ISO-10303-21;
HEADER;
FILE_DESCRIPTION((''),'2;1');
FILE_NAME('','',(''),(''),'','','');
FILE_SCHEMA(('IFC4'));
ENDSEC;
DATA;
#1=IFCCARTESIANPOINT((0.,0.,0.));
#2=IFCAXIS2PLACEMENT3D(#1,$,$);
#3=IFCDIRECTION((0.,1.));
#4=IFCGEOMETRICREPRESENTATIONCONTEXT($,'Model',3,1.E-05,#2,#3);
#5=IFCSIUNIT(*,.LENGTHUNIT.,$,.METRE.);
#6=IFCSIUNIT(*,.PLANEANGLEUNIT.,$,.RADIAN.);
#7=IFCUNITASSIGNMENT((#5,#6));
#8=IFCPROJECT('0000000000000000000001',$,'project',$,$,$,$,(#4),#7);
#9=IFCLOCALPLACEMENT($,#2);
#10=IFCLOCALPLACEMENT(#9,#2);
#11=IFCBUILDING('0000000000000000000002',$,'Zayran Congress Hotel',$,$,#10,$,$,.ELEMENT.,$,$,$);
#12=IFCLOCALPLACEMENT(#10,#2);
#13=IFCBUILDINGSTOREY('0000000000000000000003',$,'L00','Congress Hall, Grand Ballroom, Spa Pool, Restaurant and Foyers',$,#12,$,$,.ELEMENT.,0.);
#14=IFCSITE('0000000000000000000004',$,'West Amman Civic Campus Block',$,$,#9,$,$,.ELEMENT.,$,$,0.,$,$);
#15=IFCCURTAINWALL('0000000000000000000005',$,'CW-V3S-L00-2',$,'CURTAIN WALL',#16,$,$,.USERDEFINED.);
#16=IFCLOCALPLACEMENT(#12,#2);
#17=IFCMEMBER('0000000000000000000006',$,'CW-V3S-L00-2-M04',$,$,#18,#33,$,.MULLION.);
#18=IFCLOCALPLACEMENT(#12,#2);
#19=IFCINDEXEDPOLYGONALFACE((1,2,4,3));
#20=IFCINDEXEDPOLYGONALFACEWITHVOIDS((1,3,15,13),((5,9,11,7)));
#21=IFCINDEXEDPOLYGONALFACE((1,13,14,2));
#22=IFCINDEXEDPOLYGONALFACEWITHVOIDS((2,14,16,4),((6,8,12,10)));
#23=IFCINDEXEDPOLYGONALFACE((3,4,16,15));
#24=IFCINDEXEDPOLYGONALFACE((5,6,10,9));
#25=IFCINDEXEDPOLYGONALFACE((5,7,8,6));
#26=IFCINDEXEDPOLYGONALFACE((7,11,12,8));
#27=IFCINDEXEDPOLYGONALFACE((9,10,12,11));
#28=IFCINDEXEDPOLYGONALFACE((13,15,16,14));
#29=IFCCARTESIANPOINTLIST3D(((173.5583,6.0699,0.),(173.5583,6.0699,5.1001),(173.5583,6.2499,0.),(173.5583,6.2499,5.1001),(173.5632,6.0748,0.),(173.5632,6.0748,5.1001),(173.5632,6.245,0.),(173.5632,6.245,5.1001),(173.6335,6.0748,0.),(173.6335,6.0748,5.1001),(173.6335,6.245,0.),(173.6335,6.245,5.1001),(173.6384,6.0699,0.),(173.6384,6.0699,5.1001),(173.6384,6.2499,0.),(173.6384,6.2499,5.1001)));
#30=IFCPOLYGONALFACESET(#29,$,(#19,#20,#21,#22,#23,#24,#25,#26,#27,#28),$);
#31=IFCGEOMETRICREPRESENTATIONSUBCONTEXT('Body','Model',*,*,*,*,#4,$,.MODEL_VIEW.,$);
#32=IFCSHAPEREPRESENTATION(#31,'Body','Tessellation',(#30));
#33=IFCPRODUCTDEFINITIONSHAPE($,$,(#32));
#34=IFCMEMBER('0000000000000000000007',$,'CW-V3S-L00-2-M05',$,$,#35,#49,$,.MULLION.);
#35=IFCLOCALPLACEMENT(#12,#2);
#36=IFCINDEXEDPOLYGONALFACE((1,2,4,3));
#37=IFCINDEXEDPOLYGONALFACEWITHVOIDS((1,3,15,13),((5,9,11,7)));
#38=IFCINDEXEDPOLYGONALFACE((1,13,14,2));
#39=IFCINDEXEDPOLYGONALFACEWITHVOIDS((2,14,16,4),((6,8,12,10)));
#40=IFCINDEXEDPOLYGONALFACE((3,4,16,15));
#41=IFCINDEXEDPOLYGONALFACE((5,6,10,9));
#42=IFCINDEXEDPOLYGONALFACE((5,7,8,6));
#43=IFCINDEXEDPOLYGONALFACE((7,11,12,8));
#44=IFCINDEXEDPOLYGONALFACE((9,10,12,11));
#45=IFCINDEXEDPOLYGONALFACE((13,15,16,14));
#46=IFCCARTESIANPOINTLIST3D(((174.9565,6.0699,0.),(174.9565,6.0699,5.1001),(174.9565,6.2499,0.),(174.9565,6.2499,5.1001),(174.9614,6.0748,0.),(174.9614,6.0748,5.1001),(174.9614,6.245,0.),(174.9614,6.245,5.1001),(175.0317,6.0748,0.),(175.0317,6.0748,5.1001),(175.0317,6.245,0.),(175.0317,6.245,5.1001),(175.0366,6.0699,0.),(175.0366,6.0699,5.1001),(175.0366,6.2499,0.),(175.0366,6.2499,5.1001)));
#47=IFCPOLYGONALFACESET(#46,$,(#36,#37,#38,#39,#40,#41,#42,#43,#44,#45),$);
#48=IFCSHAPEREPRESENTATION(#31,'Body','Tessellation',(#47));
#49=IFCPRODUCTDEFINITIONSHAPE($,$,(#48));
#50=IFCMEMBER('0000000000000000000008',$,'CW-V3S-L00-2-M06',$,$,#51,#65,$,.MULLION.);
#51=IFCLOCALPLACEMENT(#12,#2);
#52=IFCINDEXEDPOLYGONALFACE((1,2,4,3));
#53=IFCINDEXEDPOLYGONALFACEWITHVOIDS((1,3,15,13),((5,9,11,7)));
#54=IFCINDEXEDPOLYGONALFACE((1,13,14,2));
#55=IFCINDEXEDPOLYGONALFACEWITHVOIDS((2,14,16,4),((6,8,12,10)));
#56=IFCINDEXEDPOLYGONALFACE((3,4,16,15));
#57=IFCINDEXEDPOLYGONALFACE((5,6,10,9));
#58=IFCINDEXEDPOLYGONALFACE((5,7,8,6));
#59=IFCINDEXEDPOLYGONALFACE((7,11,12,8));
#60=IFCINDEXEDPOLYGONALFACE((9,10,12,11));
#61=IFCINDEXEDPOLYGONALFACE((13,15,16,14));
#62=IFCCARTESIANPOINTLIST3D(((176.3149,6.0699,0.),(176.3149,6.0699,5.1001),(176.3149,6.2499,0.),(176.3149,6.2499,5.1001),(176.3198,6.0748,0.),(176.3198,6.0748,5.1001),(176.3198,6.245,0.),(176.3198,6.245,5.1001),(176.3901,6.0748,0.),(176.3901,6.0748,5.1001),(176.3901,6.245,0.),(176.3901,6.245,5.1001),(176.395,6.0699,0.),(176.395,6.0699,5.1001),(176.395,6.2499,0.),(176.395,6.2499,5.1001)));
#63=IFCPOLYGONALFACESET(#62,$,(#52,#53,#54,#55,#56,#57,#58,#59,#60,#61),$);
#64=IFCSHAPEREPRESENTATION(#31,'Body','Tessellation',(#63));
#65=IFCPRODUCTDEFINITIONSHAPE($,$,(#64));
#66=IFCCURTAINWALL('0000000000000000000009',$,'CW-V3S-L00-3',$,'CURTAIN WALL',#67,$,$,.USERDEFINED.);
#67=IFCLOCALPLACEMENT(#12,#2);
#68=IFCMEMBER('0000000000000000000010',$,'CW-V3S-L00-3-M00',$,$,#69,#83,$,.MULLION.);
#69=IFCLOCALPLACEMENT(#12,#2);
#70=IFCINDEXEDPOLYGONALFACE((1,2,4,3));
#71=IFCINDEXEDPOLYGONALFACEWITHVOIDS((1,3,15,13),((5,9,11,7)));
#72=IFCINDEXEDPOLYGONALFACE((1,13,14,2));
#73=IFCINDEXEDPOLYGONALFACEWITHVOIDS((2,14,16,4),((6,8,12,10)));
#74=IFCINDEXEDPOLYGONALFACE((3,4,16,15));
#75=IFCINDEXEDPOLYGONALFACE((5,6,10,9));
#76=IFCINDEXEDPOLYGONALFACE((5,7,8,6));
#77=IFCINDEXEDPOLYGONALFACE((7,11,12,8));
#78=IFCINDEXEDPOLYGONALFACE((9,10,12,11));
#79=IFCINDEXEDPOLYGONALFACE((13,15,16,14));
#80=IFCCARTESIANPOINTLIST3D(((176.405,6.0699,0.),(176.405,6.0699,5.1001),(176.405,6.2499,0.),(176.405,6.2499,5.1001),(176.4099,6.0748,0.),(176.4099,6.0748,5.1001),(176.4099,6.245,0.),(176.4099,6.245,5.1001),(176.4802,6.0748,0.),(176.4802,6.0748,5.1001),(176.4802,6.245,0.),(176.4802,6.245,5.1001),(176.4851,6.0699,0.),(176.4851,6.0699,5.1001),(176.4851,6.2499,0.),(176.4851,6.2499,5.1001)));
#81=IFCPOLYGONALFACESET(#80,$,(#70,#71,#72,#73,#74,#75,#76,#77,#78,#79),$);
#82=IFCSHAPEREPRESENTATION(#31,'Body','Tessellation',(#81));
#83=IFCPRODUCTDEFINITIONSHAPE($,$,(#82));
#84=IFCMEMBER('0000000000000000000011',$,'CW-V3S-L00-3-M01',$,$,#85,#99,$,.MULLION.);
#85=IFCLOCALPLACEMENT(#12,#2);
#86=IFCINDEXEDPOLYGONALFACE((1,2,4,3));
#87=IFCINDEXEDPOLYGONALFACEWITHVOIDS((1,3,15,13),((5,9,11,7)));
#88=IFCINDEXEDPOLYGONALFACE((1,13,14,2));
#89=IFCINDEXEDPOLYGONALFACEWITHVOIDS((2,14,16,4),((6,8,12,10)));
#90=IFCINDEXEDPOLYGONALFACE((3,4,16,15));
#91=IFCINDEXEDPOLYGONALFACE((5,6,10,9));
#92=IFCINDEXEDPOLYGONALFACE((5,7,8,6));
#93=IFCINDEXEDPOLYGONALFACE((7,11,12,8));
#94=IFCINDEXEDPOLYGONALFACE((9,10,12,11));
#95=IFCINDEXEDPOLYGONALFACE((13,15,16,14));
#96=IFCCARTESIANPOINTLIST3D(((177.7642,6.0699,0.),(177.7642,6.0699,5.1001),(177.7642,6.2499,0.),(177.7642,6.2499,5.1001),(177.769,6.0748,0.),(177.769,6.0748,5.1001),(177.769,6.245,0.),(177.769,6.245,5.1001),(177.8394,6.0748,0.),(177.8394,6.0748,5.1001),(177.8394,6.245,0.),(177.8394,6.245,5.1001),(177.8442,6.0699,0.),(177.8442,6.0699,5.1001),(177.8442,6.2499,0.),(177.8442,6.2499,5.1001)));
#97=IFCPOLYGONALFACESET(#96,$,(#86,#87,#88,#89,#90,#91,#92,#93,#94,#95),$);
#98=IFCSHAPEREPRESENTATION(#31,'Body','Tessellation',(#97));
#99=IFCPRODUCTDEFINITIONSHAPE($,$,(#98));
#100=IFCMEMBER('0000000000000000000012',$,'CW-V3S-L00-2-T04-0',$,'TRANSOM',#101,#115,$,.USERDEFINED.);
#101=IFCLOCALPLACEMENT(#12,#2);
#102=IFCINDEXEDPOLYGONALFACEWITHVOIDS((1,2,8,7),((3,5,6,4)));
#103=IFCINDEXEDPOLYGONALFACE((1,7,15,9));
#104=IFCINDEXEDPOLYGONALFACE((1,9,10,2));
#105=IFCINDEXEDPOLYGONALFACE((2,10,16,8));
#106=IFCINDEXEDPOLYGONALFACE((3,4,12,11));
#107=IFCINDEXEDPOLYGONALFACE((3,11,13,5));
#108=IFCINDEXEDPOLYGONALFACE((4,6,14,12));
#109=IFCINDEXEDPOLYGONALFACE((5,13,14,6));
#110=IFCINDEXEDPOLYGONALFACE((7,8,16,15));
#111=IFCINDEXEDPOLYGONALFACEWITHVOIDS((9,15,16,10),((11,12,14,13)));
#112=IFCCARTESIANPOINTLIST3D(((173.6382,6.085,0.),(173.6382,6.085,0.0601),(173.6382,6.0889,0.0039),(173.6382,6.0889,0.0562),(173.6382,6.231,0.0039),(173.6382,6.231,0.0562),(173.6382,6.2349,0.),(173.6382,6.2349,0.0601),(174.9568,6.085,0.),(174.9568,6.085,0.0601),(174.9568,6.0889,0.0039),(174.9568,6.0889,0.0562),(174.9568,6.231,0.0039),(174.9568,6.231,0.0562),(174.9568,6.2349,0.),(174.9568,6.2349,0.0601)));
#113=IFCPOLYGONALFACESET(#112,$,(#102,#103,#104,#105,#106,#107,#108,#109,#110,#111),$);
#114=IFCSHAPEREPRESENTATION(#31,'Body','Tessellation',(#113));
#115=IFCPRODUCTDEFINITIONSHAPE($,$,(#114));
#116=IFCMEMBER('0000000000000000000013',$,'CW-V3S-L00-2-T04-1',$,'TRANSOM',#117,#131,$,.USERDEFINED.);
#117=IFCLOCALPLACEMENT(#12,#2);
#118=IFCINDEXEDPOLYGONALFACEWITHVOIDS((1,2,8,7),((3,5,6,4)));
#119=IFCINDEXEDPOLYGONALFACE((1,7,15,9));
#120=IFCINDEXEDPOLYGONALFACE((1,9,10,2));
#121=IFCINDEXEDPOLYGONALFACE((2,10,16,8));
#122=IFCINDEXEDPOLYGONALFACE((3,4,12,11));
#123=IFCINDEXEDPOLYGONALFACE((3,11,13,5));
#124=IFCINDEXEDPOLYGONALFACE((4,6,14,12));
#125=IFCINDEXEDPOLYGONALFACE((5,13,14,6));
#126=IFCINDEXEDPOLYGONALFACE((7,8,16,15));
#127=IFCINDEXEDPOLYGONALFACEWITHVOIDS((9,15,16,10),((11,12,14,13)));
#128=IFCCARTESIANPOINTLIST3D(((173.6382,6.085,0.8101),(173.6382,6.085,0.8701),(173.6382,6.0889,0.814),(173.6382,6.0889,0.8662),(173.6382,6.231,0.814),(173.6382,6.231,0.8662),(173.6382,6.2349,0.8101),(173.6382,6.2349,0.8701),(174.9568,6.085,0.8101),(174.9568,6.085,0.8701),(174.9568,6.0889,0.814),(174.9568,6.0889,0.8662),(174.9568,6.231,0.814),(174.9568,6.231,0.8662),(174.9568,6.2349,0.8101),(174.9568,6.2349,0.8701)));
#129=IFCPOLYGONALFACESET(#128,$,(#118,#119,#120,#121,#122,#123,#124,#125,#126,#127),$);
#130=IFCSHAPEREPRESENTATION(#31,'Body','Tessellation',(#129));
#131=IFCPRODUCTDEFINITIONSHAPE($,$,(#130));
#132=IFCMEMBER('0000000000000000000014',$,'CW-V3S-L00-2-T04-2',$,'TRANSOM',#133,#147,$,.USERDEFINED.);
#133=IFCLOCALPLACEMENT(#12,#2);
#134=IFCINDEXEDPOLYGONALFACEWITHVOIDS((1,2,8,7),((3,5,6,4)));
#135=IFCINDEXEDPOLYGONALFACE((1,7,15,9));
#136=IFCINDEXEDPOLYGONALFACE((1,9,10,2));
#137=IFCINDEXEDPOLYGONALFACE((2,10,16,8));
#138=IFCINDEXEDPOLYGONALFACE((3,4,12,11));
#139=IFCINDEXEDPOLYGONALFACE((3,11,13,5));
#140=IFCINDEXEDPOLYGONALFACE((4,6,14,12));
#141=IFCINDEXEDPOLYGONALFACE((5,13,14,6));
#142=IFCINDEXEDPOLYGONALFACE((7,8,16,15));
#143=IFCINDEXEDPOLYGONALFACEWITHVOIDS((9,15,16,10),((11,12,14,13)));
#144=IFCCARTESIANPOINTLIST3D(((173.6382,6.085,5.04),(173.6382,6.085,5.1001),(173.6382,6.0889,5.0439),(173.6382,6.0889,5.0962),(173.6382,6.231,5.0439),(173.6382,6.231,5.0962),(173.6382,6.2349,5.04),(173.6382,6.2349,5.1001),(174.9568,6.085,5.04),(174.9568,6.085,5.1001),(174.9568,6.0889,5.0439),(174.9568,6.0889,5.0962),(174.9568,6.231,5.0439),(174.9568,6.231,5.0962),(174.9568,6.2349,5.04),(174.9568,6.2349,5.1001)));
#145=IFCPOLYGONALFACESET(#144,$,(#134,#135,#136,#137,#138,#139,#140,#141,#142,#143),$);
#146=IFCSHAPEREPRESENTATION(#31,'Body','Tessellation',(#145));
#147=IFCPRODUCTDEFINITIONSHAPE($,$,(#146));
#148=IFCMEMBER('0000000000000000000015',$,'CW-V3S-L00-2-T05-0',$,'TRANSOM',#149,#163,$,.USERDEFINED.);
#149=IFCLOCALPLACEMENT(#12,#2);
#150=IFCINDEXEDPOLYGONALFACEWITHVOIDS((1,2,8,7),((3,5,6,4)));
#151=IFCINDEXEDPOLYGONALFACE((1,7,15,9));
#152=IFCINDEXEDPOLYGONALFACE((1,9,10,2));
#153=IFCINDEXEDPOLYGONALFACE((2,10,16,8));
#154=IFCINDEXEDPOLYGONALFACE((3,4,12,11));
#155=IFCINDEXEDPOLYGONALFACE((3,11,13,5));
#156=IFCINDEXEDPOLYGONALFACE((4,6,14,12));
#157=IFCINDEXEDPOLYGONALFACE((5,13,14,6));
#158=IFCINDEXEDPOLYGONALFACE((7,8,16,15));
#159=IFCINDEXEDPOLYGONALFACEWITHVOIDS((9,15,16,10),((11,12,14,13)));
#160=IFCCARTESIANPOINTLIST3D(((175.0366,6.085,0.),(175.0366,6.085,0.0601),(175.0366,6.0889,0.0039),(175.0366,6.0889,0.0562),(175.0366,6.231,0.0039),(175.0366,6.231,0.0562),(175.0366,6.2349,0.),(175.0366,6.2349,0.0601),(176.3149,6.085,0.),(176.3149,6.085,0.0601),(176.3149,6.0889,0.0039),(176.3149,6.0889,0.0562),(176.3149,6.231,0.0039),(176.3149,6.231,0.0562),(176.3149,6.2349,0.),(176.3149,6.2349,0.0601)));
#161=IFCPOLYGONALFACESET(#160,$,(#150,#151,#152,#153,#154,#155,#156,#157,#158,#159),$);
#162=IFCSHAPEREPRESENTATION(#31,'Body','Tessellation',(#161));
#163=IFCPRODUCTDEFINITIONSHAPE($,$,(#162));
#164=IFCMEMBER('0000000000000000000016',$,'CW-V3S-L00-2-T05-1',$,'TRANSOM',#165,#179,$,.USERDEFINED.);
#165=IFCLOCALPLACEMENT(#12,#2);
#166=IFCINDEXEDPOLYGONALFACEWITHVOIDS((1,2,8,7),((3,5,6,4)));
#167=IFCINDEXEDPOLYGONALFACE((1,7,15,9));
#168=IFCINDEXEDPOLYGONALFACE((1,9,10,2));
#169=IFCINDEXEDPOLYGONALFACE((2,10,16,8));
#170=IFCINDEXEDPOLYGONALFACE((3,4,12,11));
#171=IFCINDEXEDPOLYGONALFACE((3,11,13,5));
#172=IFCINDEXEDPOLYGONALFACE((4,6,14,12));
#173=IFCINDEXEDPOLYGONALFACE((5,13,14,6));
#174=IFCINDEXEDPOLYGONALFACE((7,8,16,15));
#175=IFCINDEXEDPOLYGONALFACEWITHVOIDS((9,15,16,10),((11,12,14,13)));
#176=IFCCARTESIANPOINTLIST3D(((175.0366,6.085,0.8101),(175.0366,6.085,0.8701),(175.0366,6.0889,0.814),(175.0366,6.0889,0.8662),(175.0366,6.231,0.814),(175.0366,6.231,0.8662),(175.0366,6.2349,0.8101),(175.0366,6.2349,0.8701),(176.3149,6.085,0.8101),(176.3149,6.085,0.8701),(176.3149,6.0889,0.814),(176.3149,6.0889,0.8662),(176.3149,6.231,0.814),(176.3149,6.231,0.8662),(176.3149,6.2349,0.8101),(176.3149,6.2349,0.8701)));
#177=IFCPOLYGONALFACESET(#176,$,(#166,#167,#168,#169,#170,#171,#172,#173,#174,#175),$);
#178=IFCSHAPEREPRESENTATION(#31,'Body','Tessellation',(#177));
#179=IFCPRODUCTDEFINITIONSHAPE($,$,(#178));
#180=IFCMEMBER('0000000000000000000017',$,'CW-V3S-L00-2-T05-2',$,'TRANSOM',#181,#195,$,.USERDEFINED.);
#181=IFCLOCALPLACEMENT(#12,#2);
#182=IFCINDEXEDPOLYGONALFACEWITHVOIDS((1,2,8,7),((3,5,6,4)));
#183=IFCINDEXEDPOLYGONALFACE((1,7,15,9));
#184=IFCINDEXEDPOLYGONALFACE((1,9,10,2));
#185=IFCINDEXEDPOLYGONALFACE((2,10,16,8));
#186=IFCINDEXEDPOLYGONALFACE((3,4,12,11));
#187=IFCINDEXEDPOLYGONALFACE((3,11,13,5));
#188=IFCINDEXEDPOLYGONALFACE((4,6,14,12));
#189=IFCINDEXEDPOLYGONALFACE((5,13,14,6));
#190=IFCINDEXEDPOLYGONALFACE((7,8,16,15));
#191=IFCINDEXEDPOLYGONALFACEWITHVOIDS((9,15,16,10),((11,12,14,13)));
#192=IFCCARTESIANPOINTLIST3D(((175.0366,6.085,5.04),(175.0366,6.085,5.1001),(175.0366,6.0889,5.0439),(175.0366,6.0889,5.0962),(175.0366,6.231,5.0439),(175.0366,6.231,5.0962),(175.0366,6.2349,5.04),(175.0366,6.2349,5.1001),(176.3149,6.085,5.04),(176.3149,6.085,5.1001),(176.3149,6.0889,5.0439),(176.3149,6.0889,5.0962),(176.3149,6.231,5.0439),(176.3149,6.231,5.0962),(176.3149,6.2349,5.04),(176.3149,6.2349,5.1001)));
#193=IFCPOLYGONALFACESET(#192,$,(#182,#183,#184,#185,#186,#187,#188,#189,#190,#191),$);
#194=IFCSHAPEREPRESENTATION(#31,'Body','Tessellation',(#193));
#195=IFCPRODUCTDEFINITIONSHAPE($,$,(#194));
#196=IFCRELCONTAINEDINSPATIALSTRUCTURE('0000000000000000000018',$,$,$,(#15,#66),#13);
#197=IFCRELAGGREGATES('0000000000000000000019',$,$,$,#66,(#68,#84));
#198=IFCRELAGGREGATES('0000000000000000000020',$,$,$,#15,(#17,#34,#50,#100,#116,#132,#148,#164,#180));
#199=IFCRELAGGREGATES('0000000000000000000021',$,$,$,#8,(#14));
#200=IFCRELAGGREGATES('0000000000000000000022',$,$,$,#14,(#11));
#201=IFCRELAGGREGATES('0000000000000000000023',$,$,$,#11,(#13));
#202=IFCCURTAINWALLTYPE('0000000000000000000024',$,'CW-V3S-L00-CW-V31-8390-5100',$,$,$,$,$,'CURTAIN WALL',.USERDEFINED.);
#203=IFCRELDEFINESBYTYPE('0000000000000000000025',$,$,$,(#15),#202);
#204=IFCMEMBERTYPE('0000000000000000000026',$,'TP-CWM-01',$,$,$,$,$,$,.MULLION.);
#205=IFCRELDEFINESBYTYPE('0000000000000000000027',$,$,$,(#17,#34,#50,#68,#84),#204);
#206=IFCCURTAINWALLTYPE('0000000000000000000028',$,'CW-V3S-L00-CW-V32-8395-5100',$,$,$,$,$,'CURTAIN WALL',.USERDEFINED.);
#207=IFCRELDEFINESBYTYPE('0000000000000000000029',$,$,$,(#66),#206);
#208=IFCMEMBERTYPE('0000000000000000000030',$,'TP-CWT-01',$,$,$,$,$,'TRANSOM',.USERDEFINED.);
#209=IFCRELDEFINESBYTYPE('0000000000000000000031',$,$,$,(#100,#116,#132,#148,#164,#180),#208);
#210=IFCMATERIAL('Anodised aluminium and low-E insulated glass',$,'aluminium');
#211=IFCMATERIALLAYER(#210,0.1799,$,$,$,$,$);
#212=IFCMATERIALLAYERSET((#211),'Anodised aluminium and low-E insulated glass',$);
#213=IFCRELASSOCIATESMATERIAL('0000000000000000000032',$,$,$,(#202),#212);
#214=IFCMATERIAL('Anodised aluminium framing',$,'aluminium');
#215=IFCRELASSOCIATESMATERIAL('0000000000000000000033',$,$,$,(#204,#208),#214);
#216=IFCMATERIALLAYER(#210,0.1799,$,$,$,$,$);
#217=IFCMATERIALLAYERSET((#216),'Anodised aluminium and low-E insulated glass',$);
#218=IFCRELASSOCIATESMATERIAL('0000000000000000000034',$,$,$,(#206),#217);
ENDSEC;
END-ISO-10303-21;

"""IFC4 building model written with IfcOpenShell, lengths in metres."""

from ifc_helpers import new_model, si_unit, direction, frame, origin, origin_2d, place, context, subcontext, project, spatial, hollow_rectangle, extrude, material, layer, layer_set, material_profile, profile_set, type_object, element, aggregate, save


model = new_model("IFC4")

# Units and contexts
model_context = context("Model", 3, precision=1e-05, world=origin(), true_north=direction((0.0, 1.0)))
body_context = subcontext(model_context, "Body", "Model", "MODEL_VIEW")
ifc_project = project(units=[si_unit("LENGTHUNIT", "METRE"), si_unit("PLANEANGLEUNIT", "RADIAN")], contexts=[model_context])

# Site, building, storey
site_placement = place(None, origin())
site = spatial("IfcSite", under=ifc_project, at=site_placement, Name="West Amman Civic Campus Block", CompositionType="ELEMENT", RefElevation=0.0)
building_placement = place(site_placement, origin())
building = spatial("IfcBuilding", under=site, at=building_placement, Name="Zayran Congress Hotel", CompositionType="ELEMENT")
storey_placement = place(building_placement, origin())
storey = spatial("IfcBuildingStorey", under=building, at=storey_placement, Name="L00", Description="Congress Hall, Grand Ballroom, Spa Pool, Restaurant and Foyers", CompositionType="ELEMENT", Elevation=0.0)

# Curtain walls, members
ifc_material_1 = material(Name="Anodised aluminium and low-E insulated glass", Category="aluminium")
ifc_layer_1 = layer(ifc_material_1, 0.1799)
ifc_layer_set_1 = layer_set([ifc_layer_1], Name="Anodised aluminium and low-E insulated glass")
curtain_wall_type_1 = type_object("IfcCurtainWallType", Name="CW-V3S-L00-CW-V31-8390-5100", ElementType="CURTAIN WALL", PredefinedType="USERDEFINED", material=ifc_layer_set_1)
curtain_wall_1_placement = place(storey_placement, origin())
curtain_wall_1 = element("IfcCurtainWall", 1, at=curtain_wall_1_placement, inside=storey, type_object=curtain_wall_type_1, Name="CW-V3S-L00-2", ObjectType="CURTAIN WALL", PredefinedType="USERDEFINED")
ifc_material_2 = material(Name="Anodised aluminium framing", Category="aluminium")
ifc_material_profile_1 = material_profile(ifc_material_2, hollow_rectangle(XDim=0.0801, YDim=0.1799, WallThickness=0.0049, at=origin_2d()), Name="RHS 180x80x5")
ifc_profile_set_1 = profile_set([ifc_material_profile_1], Name="Anodised aluminium framing")
member_type_1 = type_object("IfcMemberType", Name="TP-CWM-01", PredefinedType="MULLION", material=ifc_profile_set_1)
member_1_placement = place(storey_placement, frame((173.5984, 6.1599, 0.0), z_axis=(0.0, 0.0, 1.0), x_axis=(1.0, 0.0, 0.0)))
member_1 = element("IfcMember", 2, at=member_1_placement, type_object=member_type_1, Name="CW-V3S-L00-2-M04", PredefinedType="MULLION", context=body_context, shape_type="SweptSolid", body=[
    extrude(hollow_rectangle(XDim=0.0801, YDim=0.1799, WallThickness=0.0049, at=origin_2d()), origin(), (0.0, 0.0, 1.0), 5.1001),
])
member_2_placement = place(storey_placement, frame((174.9966, 6.1599, 0.0), z_axis=(0.0, 0.0, 1.0), x_axis=(1.0, 0.0, 0.0)))
member_2 = element("IfcMember", 3, at=member_2_placement, type_object=member_type_1, Name="CW-V3S-L00-2-M05", PredefinedType="MULLION", context=body_context, shape_type="SweptSolid", body=[
    extrude(hollow_rectangle(XDim=0.0801, YDim=0.1799, WallThickness=0.0049, at=origin_2d()), origin(), (0.0, 0.0, 1.0), 5.1001),
])
member_3_placement = place(storey_placement, frame((176.355, 6.1599, 0.0), z_axis=(0.0, 0.0, 1.0), x_axis=(1.0, 0.0, 0.0)))
member_3 = element("IfcMember", 4, at=member_3_placement, type_object=member_type_1, Name="CW-V3S-L00-2-M06", PredefinedType="MULLION", context=body_context, shape_type="SweptSolid", body=[
    extrude(hollow_rectangle(XDim=0.0801, YDim=0.1799, WallThickness=0.0049, at=origin_2d()), origin(), (0.0, 0.0, 1.0), 5.1001),
])
ifc_layer_2 = layer(ifc_material_1, 0.1799)
ifc_layer_set_2 = layer_set([ifc_layer_2], Name="Anodised aluminium and low-E insulated glass")
curtain_wall_type_2 = type_object("IfcCurtainWallType", Name="CW-V3S-L00-CW-V32-8395-5100", ElementType="CURTAIN WALL", PredefinedType="USERDEFINED", material=ifc_layer_set_2)
curtain_wall_2_placement = place(storey_placement, origin())
curtain_wall_2 = element("IfcCurtainWall", 5, at=curtain_wall_2_placement, inside=storey, type_object=curtain_wall_type_2, Name="CW-V3S-L00-3", ObjectType="CURTAIN WALL", PredefinedType="USERDEFINED")
member_4_placement = place(storey_placement, frame((176.4451, 6.1599, 0.0), z_axis=(0.0, 0.0, 1.0), x_axis=(1.0, 0.0, 0.0)))
member_4 = element("IfcMember", 6, at=member_4_placement, type_object=member_type_1, Name="CW-V3S-L00-3-M00", PredefinedType="MULLION", context=body_context, shape_type="SweptSolid", body=[
    extrude(hollow_rectangle(XDim=0.0801, YDim=0.1799, WallThickness=0.0049, at=origin_2d()), origin(), (0.0, 0.0, 1.0), 5.1001),
])
member_5_placement = place(storey_placement, frame((177.8042, 6.1599, 0.0), z_axis=(0.0, 0.0, 1.0), x_axis=(1.0, 0.0, 0.0)))
member_5 = element("IfcMember", 7, at=member_5_placement, type_object=member_type_1, Name="CW-V3S-L00-3-M01", PredefinedType="MULLION", context=body_context, shape_type="SweptSolid", body=[
    extrude(hollow_rectangle(XDim=0.0801, YDim=0.1799, WallThickness=0.0049, at=origin_2d()), origin(), (0.0, 0.0, 1.0), 5.1001),
])

# Members
ifc_material_profile_2 = material_profile(ifc_material_2, hollow_rectangle(XDim=0.0601, YDim=0.1499, WallThickness=0.0039, at=origin_2d()), Name="RHS 150x60x4")
ifc_profile_set_2 = profile_set([ifc_material_profile_2], Name="Anodised aluminium framing")
member_type_2 = type_object("IfcMemberType", Name="TP-CWT-01", ElementType="TRANSOM", PredefinedType="USERDEFINED", material=ifc_profile_set_2)
member_6_placement = place(storey_placement, frame((173.6382, 6.1599, 0.03), z_axis=(1.0, 0.0, 0.0), x_axis=(0.0, 0.0, 1.0)))
member_6 = element("IfcMember", 8, at=member_6_placement, type_object=member_type_2, Name="CW-V3S-L00-2-T04-0", ObjectType="TRANSOM", PredefinedType="USERDEFINED", context=body_context, shape_type="SweptSolid", body=[
    extrude(hollow_rectangle(XDim=0.0601, YDim=0.1499, WallThickness=0.0039, at=origin_2d()), origin(), (0.0, 0.0, 1.0), 1.3186),
])
member_7_placement = place(storey_placement, frame((173.6382, 6.1599, 0.8401), z_axis=(1.0, 0.0, 0.0), x_axis=(0.0, 0.0, 1.0)))
member_7 = element("IfcMember", 9, at=member_7_placement, type_object=member_type_2, Name="CW-V3S-L00-2-T04-1", ObjectType="TRANSOM", PredefinedType="USERDEFINED", context=body_context, shape_type="SweptSolid", body=[
    extrude(hollow_rectangle(XDim=0.0601, YDim=0.1499, WallThickness=0.0039, at=origin_2d()), origin(), (0.0, 0.0, 1.0), 1.3186),
])
member_8_placement = place(storey_placement, frame((173.6382, 6.1599, 5.0701), z_axis=(1.0, 0.0, 0.0), x_axis=(0.0, 0.0, 1.0)))
member_8 = element("IfcMember", 10, at=member_8_placement, type_object=member_type_2, Name="CW-V3S-L00-2-T04-2", ObjectType="TRANSOM", PredefinedType="USERDEFINED", context=body_context, shape_type="SweptSolid", body=[
    extrude(hollow_rectangle(XDim=0.0601, YDim=0.1499, WallThickness=0.0039, at=origin_2d()), origin(), (0.0, 0.0, 1.0), 1.3186),
])
member_9_placement = place(storey_placement, frame((175.0366, 6.1599, 0.03), z_axis=(1.0, 0.0, 0.0), x_axis=(0.0, 0.0, 1.0)))
member_9 = element("IfcMember", 11, at=member_9_placement, type_object=member_type_2, Name="CW-V3S-L00-2-T05-0", ObjectType="TRANSOM", PredefinedType="USERDEFINED", context=body_context, shape_type="SweptSolid", body=[
    extrude(hollow_rectangle(XDim=0.0601, YDim=0.1499, WallThickness=0.0039, at=origin_2d()), origin(), (0.0, 0.0, 1.0), 1.2783),
])
member_10_placement = place(storey_placement, frame((175.0366, 6.1599, 0.8401), z_axis=(1.0, 0.0, 0.0), x_axis=(0.0, 0.0, 1.0)))
member_10 = element("IfcMember", 12, at=member_10_placement, type_object=member_type_2, Name="CW-V3S-L00-2-T05-1", ObjectType="TRANSOM", PredefinedType="USERDEFINED", context=body_context, shape_type="SweptSolid", body=[
    extrude(hollow_rectangle(XDim=0.0601, YDim=0.1499, WallThickness=0.0039, at=origin_2d()), origin(), (0.0, 0.0, 1.0), 1.2783),
])
member_11_placement = place(storey_placement, frame((175.0366, 6.1599, 5.0701), z_axis=(1.0, 0.0, 0.0), x_axis=(0.0, 0.0, 1.0)))
member_11 = element("IfcMember", 13, at=member_11_placement, type_object=member_type_2, Name="CW-V3S-L00-2-T05-2", ObjectType="TRANSOM", PredefinedType="USERDEFINED", context=body_context, shape_type="SweptSolid", body=[
    extrude(hollow_rectangle(XDim=0.0601, YDim=0.1499, WallThickness=0.0039, at=origin_2d()), origin(), (0.0, 0.0, 1.0), 1.2783),
])

aggregate(curtain_wall_2, [member_4, member_5])
aggregate(curtain_wall_1, [member_1, member_2, member_3, member_6, member_7, member_8, member_9, member_10, member_11])

save(model, "model.ifc")
